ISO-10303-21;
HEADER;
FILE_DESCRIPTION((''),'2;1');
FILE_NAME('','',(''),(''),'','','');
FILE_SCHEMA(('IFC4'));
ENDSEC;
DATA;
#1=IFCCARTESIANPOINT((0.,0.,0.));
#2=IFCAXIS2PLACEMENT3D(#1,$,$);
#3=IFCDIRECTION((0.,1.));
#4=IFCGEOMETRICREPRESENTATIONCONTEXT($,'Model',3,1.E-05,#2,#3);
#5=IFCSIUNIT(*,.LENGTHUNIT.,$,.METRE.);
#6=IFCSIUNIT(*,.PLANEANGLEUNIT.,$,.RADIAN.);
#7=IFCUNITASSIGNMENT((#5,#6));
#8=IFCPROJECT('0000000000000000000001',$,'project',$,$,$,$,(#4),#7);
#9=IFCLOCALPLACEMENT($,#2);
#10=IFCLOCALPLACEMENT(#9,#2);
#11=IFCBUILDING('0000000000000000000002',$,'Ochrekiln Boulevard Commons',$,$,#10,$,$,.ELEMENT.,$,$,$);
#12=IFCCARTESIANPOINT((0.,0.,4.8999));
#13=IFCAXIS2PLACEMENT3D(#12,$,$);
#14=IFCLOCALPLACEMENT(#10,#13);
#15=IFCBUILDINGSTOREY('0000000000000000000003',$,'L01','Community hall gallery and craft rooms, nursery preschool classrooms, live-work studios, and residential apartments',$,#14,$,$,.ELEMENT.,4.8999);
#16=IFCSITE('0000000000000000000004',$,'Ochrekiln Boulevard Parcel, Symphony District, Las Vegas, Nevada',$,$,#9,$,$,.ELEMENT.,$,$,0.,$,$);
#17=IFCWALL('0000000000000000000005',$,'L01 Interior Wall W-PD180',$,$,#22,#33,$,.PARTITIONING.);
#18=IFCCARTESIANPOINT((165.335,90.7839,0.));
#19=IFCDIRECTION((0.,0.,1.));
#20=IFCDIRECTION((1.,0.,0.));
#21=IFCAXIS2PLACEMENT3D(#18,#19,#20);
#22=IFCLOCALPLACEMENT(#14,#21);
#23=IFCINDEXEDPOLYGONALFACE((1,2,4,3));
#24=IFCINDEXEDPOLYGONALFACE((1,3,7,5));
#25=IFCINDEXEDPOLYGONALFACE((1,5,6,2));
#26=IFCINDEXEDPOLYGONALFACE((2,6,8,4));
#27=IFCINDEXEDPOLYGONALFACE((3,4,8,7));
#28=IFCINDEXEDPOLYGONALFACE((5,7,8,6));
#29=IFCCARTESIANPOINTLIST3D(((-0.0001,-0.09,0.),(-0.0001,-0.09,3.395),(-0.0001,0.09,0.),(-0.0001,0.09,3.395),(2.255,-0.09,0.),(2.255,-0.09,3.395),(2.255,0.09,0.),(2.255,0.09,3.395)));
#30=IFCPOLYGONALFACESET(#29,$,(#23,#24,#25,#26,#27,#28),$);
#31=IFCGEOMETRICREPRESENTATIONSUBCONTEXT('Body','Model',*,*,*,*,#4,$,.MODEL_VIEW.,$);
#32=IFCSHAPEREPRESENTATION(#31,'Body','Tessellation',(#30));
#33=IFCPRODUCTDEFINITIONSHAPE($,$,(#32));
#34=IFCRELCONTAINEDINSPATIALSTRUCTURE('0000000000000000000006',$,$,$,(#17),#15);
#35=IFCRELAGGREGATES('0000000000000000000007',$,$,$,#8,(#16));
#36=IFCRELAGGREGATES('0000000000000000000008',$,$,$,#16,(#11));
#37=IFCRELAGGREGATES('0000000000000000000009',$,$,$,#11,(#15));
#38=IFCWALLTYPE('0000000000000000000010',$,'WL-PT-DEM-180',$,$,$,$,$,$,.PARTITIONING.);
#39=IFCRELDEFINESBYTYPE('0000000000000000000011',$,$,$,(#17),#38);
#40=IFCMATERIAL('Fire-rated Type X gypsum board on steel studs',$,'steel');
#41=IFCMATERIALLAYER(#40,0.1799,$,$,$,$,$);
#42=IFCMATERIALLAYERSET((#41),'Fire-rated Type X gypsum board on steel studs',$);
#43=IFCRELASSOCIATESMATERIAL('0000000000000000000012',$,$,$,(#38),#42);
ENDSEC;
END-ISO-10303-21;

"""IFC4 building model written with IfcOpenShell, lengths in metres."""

from ifc_helpers import new_model, si_unit, direction, frame, frame_2d, origin, place, context, subcontext, project, spatial, rectangle, extrude, material, layer, layer_set, type_object, element, save


model = new_model("IFC4")

# Units and contexts
model_context = context("Model", 3, precision=1e-05, world=origin(), true_north=direction((0.0, 1.0)))
body_context = subcontext(model_context, "Body", "Model", "MODEL_VIEW")
ifc_project = project(units=[si_unit("LENGTHUNIT", "METRE"), si_unit("PLANEANGLEUNIT", "RADIAN")], contexts=[model_context])

# Site, building, storey
site_placement = place(None, origin())
site = spatial("IfcSite", under=ifc_project, at=site_placement, Name="Ochrekiln Boulevard Parcel, Symphony District, Las Vegas, Nevada", CompositionType="ELEMENT", RefElevation=0.0)
building_placement = place(site_placement, origin())
building = spatial("IfcBuilding", under=site, at=building_placement, Name="Ochrekiln Boulevard Commons", CompositionType="ELEMENT")
storey_placement = place(building_placement, frame((0.0, 0.0, 4.8999)))
storey = spatial("IfcBuildingStorey", under=building, at=storey_placement, Name="L01", Description="Community hall gallery and craft rooms, nursery preschool classrooms, live-work studios, and residential apartments", CompositionType="ELEMENT", Elevation=4.8999)

# Wall
ifc_material_1 = material(Name="Fire-rated Type X gypsum board on steel studs", Category="steel")
ifc_layer_1 = layer(ifc_material_1, 0.1799)
ifc_layer_set_1 = layer_set([ifc_layer_1], Name="Fire-rated Type X gypsum board on steel studs")
wall_type_1 = type_object("IfcWallType", Name="WL-PT-DEM-180", PredefinedType="PARTITIONING", material=ifc_layer_set_1)
wall_1_placement = place(storey_placement, frame((165.335, 90.7839, 0.0), z_axis=(0.0, 0.0, 1.0), x_axis=(1.0, 0.0, 0.0)))
element("IfcWall", 1, at=wall_1_placement, inside=storey, type_object=wall_type_1, Name="L01 Interior Wall W-PD180", PredefinedType="PARTITIONING", context=body_context, shape_type="SweptSolid", body=[
    extrude(rectangle(XDim=2.2551, YDim=0.1799, at=frame_2d((1.1274, 0.0))), origin(), (0.0, 0.0, 1.0), 3.395),
])

save(model, "model.ifc")
